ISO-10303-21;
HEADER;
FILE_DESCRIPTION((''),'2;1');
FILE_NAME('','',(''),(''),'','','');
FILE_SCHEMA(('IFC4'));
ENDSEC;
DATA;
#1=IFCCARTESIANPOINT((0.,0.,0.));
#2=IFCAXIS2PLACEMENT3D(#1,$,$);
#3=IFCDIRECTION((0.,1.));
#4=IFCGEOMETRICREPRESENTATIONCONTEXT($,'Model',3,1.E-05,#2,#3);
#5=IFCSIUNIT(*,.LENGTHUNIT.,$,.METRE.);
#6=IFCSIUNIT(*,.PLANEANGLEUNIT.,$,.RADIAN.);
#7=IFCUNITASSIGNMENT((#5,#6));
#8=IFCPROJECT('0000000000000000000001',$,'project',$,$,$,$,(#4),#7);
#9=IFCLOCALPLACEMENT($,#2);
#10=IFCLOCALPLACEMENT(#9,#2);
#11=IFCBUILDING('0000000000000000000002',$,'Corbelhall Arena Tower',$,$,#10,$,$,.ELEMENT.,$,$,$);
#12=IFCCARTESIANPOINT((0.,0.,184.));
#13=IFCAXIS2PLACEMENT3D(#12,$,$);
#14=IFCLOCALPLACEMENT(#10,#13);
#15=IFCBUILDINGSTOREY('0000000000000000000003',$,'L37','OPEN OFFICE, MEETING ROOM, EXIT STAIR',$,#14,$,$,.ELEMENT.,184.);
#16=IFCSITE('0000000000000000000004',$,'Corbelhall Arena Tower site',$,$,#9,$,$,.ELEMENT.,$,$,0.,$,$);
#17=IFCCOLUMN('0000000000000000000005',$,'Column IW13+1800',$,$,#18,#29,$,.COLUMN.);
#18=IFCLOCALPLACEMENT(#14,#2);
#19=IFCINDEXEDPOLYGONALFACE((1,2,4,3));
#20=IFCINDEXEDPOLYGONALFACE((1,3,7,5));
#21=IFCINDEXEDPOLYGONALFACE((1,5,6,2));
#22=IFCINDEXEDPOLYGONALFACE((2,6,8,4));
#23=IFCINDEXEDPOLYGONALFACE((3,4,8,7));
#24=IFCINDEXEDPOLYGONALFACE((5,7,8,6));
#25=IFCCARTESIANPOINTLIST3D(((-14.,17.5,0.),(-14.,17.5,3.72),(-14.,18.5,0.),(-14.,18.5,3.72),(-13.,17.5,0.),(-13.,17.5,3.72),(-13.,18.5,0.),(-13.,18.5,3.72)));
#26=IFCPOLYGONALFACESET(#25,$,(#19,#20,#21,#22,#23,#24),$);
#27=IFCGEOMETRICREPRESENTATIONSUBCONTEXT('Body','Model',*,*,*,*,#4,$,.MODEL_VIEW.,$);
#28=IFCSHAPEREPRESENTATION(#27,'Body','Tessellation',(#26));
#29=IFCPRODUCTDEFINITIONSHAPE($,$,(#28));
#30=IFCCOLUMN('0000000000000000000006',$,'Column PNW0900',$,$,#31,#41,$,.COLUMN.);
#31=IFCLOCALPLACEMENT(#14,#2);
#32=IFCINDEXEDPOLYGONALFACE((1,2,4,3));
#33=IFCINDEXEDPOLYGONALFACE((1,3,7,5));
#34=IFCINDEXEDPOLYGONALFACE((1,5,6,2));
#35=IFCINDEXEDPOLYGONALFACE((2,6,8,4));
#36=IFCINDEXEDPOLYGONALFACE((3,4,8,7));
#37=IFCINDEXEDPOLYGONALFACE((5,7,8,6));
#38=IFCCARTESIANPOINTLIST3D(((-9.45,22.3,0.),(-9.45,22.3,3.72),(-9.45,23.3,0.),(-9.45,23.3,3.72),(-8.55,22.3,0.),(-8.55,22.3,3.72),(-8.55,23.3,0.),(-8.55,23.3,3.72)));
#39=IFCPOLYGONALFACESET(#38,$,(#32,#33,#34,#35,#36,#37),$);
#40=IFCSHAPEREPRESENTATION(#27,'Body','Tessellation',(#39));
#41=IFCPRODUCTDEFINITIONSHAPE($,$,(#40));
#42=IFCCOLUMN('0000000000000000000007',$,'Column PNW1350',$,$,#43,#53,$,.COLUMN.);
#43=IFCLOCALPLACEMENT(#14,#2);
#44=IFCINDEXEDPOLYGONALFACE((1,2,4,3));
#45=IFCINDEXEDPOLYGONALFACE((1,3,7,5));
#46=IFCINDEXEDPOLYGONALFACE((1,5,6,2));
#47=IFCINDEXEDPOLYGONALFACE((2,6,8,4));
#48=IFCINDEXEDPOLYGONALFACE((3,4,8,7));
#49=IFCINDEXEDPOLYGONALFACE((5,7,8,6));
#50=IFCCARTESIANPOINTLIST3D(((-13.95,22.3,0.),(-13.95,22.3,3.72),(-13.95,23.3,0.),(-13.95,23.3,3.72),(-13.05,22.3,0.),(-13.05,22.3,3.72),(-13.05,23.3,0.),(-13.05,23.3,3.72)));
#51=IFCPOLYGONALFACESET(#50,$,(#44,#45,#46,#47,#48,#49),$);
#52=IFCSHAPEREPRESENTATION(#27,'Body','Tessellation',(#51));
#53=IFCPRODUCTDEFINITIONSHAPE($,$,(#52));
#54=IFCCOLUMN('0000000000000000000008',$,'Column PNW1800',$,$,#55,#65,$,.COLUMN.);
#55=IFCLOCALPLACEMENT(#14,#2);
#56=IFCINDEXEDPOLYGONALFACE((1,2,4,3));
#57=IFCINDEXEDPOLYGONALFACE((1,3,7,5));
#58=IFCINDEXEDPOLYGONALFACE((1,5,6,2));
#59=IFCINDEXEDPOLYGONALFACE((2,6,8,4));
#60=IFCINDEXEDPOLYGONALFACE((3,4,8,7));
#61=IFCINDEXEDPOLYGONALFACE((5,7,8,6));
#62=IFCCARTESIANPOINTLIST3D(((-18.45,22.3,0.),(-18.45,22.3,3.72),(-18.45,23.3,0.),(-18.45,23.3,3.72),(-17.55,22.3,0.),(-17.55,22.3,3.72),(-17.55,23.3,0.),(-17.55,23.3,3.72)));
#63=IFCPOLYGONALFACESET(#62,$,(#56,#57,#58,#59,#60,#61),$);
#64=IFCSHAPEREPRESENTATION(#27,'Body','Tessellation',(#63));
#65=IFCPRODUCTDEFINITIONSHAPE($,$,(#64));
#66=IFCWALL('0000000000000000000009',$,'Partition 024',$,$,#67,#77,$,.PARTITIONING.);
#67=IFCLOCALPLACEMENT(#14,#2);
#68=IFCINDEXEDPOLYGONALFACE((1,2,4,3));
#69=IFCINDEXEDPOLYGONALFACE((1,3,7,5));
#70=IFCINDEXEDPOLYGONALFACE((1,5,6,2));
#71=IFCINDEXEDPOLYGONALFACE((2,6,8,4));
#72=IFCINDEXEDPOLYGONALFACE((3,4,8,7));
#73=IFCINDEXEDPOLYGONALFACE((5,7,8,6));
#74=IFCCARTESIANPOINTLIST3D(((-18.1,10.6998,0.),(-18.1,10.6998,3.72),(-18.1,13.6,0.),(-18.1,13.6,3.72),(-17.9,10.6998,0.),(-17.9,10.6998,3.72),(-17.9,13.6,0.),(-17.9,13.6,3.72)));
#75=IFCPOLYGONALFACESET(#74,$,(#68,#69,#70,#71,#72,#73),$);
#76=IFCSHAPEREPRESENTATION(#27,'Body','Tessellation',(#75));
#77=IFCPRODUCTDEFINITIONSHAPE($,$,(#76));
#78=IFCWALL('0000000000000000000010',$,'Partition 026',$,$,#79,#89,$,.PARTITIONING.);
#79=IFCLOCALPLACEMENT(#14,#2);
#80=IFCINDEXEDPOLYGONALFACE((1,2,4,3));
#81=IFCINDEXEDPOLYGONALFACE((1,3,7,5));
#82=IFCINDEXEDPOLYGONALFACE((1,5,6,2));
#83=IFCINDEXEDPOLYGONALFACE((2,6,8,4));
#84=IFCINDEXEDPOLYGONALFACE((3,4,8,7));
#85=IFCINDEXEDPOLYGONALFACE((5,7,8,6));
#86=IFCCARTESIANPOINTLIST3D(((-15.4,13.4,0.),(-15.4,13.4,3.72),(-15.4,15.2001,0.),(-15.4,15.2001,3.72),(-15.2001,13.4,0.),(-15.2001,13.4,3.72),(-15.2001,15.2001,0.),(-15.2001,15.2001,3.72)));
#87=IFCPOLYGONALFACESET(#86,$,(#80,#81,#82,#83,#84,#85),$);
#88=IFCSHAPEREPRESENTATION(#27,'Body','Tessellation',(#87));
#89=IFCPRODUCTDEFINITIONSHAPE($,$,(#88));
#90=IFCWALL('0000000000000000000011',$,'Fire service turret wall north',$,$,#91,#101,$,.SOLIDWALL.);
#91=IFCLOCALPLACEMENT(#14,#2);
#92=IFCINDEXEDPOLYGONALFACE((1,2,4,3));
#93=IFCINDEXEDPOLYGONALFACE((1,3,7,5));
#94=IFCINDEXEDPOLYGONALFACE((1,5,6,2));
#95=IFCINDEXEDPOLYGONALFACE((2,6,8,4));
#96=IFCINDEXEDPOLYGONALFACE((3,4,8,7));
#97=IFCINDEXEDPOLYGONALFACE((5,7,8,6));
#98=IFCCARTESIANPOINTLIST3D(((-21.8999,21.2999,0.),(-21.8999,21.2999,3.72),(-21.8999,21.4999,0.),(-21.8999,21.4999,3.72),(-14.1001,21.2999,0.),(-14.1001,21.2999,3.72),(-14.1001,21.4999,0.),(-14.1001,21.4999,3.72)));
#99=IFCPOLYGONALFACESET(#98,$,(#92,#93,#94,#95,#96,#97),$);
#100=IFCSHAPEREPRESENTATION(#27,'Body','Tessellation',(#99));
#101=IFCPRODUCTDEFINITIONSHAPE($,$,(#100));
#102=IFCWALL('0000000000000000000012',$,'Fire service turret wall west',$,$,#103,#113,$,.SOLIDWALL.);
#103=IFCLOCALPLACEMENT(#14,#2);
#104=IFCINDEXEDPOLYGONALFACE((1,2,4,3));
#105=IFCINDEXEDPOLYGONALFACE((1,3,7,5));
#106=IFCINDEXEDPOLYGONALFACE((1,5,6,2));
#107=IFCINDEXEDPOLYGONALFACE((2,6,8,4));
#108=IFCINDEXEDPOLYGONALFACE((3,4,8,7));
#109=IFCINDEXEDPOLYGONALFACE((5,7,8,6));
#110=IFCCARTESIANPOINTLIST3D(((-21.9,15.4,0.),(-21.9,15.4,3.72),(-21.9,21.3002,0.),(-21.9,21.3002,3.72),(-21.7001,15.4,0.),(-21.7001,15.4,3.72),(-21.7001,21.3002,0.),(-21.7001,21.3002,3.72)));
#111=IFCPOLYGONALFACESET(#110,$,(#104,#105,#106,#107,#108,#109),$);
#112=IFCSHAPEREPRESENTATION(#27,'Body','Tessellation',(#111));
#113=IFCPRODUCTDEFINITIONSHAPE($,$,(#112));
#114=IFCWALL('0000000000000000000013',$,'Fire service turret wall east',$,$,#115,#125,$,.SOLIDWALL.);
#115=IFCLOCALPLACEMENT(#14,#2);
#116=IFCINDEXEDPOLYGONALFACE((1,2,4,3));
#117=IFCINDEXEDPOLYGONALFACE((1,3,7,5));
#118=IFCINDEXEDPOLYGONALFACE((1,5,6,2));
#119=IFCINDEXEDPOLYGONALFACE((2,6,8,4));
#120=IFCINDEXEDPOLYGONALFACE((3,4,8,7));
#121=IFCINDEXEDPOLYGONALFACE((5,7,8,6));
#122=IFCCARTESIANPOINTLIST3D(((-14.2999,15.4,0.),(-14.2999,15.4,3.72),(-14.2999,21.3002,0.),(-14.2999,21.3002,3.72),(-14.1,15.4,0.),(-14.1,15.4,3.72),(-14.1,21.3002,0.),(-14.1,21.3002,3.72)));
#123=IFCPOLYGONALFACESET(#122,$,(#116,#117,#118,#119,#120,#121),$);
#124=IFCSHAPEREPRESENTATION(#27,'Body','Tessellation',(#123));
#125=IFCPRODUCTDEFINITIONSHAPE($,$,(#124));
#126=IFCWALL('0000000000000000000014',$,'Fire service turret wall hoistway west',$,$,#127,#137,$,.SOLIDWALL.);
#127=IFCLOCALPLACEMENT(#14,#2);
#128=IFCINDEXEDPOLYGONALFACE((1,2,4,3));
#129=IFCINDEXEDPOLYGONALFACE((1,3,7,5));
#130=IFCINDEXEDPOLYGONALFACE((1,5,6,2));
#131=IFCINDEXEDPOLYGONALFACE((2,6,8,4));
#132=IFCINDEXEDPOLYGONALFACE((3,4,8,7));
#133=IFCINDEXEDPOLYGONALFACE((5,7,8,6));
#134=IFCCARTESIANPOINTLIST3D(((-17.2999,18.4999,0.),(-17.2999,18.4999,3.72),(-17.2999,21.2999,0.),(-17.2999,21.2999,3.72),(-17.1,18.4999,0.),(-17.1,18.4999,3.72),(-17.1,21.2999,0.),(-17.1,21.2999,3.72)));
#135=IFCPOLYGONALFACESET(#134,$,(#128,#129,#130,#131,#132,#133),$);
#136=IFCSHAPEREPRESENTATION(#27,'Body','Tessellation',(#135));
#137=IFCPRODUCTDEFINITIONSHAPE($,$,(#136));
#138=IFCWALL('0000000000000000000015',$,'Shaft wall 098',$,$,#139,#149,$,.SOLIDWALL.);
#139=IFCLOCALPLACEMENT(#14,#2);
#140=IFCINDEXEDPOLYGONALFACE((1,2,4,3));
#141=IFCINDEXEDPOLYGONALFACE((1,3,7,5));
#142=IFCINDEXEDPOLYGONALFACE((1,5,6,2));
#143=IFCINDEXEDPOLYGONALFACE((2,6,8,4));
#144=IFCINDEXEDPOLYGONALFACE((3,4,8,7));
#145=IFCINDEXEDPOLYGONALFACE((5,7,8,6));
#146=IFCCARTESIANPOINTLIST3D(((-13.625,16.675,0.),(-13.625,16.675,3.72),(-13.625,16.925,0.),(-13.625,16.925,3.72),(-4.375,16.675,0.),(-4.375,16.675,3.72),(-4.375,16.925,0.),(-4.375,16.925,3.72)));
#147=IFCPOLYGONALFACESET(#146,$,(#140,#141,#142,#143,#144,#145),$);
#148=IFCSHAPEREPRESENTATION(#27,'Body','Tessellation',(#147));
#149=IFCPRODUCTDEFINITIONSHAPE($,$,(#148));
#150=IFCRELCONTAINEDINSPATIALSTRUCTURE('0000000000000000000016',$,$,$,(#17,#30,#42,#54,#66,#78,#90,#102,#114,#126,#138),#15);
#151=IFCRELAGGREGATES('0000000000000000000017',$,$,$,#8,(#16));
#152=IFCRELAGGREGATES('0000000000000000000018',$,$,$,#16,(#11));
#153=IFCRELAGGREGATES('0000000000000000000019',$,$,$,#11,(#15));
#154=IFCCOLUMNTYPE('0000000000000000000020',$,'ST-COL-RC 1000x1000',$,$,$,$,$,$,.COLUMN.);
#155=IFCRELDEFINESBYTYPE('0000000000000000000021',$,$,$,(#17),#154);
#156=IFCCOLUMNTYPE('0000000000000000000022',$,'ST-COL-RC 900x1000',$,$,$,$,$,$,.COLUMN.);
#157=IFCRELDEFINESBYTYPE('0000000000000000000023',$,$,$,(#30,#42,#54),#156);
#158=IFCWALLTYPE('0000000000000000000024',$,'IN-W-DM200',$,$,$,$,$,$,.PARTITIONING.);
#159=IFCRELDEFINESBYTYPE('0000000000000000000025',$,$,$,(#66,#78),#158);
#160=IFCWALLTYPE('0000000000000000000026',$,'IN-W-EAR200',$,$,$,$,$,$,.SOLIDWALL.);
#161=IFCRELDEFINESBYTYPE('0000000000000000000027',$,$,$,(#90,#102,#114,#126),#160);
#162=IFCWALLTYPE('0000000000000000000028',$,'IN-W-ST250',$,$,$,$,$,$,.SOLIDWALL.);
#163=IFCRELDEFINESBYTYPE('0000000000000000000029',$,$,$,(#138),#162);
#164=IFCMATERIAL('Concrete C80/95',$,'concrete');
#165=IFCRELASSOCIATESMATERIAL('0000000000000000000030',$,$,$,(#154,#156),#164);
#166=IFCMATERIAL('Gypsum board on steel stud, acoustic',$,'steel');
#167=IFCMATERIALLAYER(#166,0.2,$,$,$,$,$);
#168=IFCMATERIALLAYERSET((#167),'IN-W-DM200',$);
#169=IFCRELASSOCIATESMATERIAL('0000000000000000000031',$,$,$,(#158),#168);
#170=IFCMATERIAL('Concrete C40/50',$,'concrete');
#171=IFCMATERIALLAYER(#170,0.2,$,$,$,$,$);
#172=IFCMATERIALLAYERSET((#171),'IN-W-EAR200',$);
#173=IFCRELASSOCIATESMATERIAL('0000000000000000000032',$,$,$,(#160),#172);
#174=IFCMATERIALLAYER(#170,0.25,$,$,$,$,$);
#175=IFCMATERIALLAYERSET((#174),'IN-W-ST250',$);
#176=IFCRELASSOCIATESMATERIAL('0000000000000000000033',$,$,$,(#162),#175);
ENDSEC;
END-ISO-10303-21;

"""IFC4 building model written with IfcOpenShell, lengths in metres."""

from ifc_helpers import new_model, si_unit, direction, frame, frame_2d, origin, origin_2d, place, context, subcontext, project, spatial, rectangle, extrude, material, layer, layer_set, material_profile, profile_set, type_object, element, save


model = new_model("IFC4")

# Units and contexts
model_context = context("Model", 3, precision=1e-05, world=origin(), true_north=direction((0.0, 1.0)))
body_context = subcontext(model_context, "Body", "Model", "MODEL_VIEW")
ifc_project = project(units=[si_unit("LENGTHUNIT", "METRE"), si_unit("PLANEANGLEUNIT", "RADIAN")], contexts=[model_context])

# Site, building, storey
site_placement = place(None, origin())
site = spatial("IfcSite", under=ifc_project, at=site_placement, Name="Corbelhall Arena Tower site", CompositionType="ELEMENT", RefElevation=0.0)
building_placement = place(site_placement, origin())
building = spatial("IfcBuilding", under=site, at=building_placement, Name="Corbelhall Arena Tower", CompositionType="ELEMENT")
storey_placement = place(building_placement, frame((0.0, 0.0, 184.0)))
storey = spatial("IfcBuildingStorey", under=building, at=storey_placement, Name="L37", Description="OPEN OFFICE, MEETING ROOM, EXIT STAIR", CompositionType="ELEMENT", Elevation=184.0)

# Columns
ifc_material_1 = material(Name="Concrete C80/95", Category="concrete")
ifc_material_profile_1 = material_profile(ifc_material_1, rectangle(XDim=1.0, YDim=1.0, at=origin_2d()))
ifc_profile_set_1 = profile_set([ifc_material_profile_1], Name="Concrete C80/95")
column_type_1 = type_object("IfcColumnType", Name="ST-COL-RC 1000x1000", PredefinedType="COLUMN", material=ifc_profile_set_1)
column_placement = place(storey_placement, frame((-13.5, 18.0, 0.0), z_axis=(0.0, 0.0, 1.0), x_axis=(1.0, 0.0, 0.0)))
element("IfcColumn", 1, at=column_placement, inside=storey, type_object=column_type_1, Name="Column IW13+1800", PredefinedType="COLUMN", context=body_context, shape_type="SweptSolid", body=[
    extrude(rectangle(XDim=1.0, YDim=1.0, at=origin_2d()), origin(), (0.0, 0.0, 1.0), 3.72),
])
ifc_material_profile_2 = material_profile(ifc_material_1, rectangle(XDim=0.8999, YDim=1.0, at=origin_2d()))
ifc_profile_set_2 = profile_set([ifc_material_profile_2], Name="Concrete C80/95")
column_type_2 = type_object("IfcColumnType", Name="ST-COL-RC 900x1000", PredefinedType="COLUMN", material=ifc_profile_set_2)
for number, where, z_axis, x_axis, name in (
    (2, (-9.0, 22.8, 0.0), (0.0, 0.0, 1.0), (1.0, 0.0, 0.0), "Column PNW0900"),
    (3, (-13.5, 22.8, 0.0), (0.0, 0.0, 1.0), (1.0, 0.0, 0.0), "Column PNW1350"),
    (4, (-18.0, 22.8, 0.0), (0.0, 0.0, 1.0), (1.0, 0.0, 0.0), "Column PNW1800"),
):
    element("IfcColumn", number, at=place(storey_placement, frame(where, z_axis=z_axis, x_axis=x_axis)), inside=storey, type_object=column_type_2, Name=name, PredefinedType="COLUMN", context=body_context, shape_type="SweptSolid", body=[
        extrude(rectangle(XDim=0.8999, YDim=1.0, at=origin_2d()), origin(), (0.0, 0.0, 1.0), 3.72),
    ])

# Walls
ifc_material_2 = material(Name="Gypsum board on steel stud, acoustic", Category="steel")
ifc_layer_1 = layer(ifc_material_2, 0.2)
ifc_layer_set_1 = layer_set([ifc_layer_1], Name="IN-W-DM200")
wall_type_1 = type_object("IfcWallType", Name="IN-W-DM200", PredefinedType="PARTITIONING", material=ifc_layer_set_1)
wall_1_placement = place(storey_placement, frame((-18.0, 13.6001, 0.0), z_axis=(0.0, 0.0, 1.0), x_axis=(0.0, -1.0, 0.0)))
element("IfcWall", 5, at=wall_1_placement, inside=storey, type_object=wall_type_1, Name="Partition 024", PredefinedType="PARTITIONING", context=body_context, shape_type="SweptSolid", body=[
    extrude(rectangle(XDim=2.9001, YDim=0.2, at=frame_2d((1.4502, 0.0))), origin(), (0.0, 0.0, 1.0), 3.72),
])
wall_2_placement = place(storey_placement, frame((-15.3, 15.2, 0.0), z_axis=(0.0, 0.0, 1.0), x_axis=(0.0, -1.0, 0.0)))
element("IfcWall", 6, at=wall_2_placement, inside=storey, type_object=wall_type_1, Name="Partition 026", PredefinedType="PARTITIONING", context=body_context, shape_type="SweptSolid", body=[
    extrude(rectangle(XDim=1.8, YDim=0.2, at=frame_2d((0.8999, 0.0))), origin(), (0.0, 0.0, 1.0), 3.72),
])
ifc_material_3 = material(Name="Concrete C40/50", Category="concrete")
ifc_layer_2 = layer(ifc_material_3, 0.2)
ifc_layer_set_2 = layer_set([ifc_layer_2], Name="IN-W-EAR200")
wall_type_2 = type_object("IfcWallType", Name="IN-W-EAR200", PredefinedType="SOLIDWALL", material=ifc_layer_set_2)
wall_3_placement = place(storey_placement, frame((-21.8999, 21.3999, 0.0), z_axis=(0.0, 0.0, 1.0), x_axis=(1.0, 0.0, 0.0)))
element("IfcWall", 7, at=wall_3_placement, inside=storey, type_object=wall_type_2, Name="Fire service turret wall north", PredefinedType="SOLIDWALL", context=body_context, shape_type="SweptSolid", body=[
    extrude(rectangle(XDim=7.7998, YDim=0.2, at=frame_2d((3.8999, 0.0))), origin(), (0.0, 0.0, 1.0), 3.72),
])
for number, where, z_axis, x_axis, name in (
    (8, (-21.8, 15.3999, 0.0), (0.0, 0.0, 1.0), (0.0, 1.0, 0.0), "Fire service turret wall west"),
    (9, (-14.2, 15.3999, 0.0), (0.0, 0.0, 1.0), (0.0, 1.0, 0.0), "Fire service turret wall east"),
):
    element("IfcWall", number, at=place(storey_placement, frame(where, z_axis=z_axis, x_axis=x_axis)), inside=storey, type_object=wall_type_2, Name=name, PredefinedType="SOLIDWALL", context=body_context, shape_type="SweptSolid", body=[
        extrude(rectangle(XDim=5.9001, YDim=0.2, at=frame_2d((2.9502, 0.0))), origin(), (0.0, 0.0, 1.0), 3.72),
    ])

# Wall
wall_4_placement = place(storey_placement, frame((-17.2, 18.5, 0.0), z_axis=(0.0, 0.0, 1.0), x_axis=(0.0, 1.0, 0.0)))
element("IfcWall", 10, at=wall_4_placement, inside=storey, type_object=wall_type_2, Name="Fire service turret wall hoistway west", PredefinedType="SOLIDWALL", context=body_context, shape_type="SweptSolid", body=[
    extrude(rectangle(XDim=2.8, YDim=0.2, at=frame_2d((1.3999, 0.0))), origin(), (0.0, 0.0, 1.0), 3.72),
])

# Wall
ifc_layer_3 = layer(ifc_material_3, 0.25)
ifc_layer_set_3 = layer_set([ifc_layer_3], Name="IN-W-ST250")
wall_type_3 = type_object("IfcWallType", Name="IN-W-ST250", PredefinedType="SOLIDWALL", material=ifc_layer_set_3)
wall_5_placement = place(storey_placement, frame((-13.625, 16.8, 0.0), z_axis=(0.0, 0.0, 1.0), x_axis=(1.0, 0.0, 0.0)))
element("IfcWall", 11, at=wall_5_placement, inside=storey, type_object=wall_type_3, Name="Shaft wall 098", PredefinedType="SOLIDWALL", context=body_context, shape_type="SweptSolid", body=[
    extrude(rectangle(XDim=9.25, YDim=0.25, at=frame_2d((4.625, 0.0))), origin(), (0.0, 0.0, 1.0), 3.72),
])

save(model, "model.ifc")
